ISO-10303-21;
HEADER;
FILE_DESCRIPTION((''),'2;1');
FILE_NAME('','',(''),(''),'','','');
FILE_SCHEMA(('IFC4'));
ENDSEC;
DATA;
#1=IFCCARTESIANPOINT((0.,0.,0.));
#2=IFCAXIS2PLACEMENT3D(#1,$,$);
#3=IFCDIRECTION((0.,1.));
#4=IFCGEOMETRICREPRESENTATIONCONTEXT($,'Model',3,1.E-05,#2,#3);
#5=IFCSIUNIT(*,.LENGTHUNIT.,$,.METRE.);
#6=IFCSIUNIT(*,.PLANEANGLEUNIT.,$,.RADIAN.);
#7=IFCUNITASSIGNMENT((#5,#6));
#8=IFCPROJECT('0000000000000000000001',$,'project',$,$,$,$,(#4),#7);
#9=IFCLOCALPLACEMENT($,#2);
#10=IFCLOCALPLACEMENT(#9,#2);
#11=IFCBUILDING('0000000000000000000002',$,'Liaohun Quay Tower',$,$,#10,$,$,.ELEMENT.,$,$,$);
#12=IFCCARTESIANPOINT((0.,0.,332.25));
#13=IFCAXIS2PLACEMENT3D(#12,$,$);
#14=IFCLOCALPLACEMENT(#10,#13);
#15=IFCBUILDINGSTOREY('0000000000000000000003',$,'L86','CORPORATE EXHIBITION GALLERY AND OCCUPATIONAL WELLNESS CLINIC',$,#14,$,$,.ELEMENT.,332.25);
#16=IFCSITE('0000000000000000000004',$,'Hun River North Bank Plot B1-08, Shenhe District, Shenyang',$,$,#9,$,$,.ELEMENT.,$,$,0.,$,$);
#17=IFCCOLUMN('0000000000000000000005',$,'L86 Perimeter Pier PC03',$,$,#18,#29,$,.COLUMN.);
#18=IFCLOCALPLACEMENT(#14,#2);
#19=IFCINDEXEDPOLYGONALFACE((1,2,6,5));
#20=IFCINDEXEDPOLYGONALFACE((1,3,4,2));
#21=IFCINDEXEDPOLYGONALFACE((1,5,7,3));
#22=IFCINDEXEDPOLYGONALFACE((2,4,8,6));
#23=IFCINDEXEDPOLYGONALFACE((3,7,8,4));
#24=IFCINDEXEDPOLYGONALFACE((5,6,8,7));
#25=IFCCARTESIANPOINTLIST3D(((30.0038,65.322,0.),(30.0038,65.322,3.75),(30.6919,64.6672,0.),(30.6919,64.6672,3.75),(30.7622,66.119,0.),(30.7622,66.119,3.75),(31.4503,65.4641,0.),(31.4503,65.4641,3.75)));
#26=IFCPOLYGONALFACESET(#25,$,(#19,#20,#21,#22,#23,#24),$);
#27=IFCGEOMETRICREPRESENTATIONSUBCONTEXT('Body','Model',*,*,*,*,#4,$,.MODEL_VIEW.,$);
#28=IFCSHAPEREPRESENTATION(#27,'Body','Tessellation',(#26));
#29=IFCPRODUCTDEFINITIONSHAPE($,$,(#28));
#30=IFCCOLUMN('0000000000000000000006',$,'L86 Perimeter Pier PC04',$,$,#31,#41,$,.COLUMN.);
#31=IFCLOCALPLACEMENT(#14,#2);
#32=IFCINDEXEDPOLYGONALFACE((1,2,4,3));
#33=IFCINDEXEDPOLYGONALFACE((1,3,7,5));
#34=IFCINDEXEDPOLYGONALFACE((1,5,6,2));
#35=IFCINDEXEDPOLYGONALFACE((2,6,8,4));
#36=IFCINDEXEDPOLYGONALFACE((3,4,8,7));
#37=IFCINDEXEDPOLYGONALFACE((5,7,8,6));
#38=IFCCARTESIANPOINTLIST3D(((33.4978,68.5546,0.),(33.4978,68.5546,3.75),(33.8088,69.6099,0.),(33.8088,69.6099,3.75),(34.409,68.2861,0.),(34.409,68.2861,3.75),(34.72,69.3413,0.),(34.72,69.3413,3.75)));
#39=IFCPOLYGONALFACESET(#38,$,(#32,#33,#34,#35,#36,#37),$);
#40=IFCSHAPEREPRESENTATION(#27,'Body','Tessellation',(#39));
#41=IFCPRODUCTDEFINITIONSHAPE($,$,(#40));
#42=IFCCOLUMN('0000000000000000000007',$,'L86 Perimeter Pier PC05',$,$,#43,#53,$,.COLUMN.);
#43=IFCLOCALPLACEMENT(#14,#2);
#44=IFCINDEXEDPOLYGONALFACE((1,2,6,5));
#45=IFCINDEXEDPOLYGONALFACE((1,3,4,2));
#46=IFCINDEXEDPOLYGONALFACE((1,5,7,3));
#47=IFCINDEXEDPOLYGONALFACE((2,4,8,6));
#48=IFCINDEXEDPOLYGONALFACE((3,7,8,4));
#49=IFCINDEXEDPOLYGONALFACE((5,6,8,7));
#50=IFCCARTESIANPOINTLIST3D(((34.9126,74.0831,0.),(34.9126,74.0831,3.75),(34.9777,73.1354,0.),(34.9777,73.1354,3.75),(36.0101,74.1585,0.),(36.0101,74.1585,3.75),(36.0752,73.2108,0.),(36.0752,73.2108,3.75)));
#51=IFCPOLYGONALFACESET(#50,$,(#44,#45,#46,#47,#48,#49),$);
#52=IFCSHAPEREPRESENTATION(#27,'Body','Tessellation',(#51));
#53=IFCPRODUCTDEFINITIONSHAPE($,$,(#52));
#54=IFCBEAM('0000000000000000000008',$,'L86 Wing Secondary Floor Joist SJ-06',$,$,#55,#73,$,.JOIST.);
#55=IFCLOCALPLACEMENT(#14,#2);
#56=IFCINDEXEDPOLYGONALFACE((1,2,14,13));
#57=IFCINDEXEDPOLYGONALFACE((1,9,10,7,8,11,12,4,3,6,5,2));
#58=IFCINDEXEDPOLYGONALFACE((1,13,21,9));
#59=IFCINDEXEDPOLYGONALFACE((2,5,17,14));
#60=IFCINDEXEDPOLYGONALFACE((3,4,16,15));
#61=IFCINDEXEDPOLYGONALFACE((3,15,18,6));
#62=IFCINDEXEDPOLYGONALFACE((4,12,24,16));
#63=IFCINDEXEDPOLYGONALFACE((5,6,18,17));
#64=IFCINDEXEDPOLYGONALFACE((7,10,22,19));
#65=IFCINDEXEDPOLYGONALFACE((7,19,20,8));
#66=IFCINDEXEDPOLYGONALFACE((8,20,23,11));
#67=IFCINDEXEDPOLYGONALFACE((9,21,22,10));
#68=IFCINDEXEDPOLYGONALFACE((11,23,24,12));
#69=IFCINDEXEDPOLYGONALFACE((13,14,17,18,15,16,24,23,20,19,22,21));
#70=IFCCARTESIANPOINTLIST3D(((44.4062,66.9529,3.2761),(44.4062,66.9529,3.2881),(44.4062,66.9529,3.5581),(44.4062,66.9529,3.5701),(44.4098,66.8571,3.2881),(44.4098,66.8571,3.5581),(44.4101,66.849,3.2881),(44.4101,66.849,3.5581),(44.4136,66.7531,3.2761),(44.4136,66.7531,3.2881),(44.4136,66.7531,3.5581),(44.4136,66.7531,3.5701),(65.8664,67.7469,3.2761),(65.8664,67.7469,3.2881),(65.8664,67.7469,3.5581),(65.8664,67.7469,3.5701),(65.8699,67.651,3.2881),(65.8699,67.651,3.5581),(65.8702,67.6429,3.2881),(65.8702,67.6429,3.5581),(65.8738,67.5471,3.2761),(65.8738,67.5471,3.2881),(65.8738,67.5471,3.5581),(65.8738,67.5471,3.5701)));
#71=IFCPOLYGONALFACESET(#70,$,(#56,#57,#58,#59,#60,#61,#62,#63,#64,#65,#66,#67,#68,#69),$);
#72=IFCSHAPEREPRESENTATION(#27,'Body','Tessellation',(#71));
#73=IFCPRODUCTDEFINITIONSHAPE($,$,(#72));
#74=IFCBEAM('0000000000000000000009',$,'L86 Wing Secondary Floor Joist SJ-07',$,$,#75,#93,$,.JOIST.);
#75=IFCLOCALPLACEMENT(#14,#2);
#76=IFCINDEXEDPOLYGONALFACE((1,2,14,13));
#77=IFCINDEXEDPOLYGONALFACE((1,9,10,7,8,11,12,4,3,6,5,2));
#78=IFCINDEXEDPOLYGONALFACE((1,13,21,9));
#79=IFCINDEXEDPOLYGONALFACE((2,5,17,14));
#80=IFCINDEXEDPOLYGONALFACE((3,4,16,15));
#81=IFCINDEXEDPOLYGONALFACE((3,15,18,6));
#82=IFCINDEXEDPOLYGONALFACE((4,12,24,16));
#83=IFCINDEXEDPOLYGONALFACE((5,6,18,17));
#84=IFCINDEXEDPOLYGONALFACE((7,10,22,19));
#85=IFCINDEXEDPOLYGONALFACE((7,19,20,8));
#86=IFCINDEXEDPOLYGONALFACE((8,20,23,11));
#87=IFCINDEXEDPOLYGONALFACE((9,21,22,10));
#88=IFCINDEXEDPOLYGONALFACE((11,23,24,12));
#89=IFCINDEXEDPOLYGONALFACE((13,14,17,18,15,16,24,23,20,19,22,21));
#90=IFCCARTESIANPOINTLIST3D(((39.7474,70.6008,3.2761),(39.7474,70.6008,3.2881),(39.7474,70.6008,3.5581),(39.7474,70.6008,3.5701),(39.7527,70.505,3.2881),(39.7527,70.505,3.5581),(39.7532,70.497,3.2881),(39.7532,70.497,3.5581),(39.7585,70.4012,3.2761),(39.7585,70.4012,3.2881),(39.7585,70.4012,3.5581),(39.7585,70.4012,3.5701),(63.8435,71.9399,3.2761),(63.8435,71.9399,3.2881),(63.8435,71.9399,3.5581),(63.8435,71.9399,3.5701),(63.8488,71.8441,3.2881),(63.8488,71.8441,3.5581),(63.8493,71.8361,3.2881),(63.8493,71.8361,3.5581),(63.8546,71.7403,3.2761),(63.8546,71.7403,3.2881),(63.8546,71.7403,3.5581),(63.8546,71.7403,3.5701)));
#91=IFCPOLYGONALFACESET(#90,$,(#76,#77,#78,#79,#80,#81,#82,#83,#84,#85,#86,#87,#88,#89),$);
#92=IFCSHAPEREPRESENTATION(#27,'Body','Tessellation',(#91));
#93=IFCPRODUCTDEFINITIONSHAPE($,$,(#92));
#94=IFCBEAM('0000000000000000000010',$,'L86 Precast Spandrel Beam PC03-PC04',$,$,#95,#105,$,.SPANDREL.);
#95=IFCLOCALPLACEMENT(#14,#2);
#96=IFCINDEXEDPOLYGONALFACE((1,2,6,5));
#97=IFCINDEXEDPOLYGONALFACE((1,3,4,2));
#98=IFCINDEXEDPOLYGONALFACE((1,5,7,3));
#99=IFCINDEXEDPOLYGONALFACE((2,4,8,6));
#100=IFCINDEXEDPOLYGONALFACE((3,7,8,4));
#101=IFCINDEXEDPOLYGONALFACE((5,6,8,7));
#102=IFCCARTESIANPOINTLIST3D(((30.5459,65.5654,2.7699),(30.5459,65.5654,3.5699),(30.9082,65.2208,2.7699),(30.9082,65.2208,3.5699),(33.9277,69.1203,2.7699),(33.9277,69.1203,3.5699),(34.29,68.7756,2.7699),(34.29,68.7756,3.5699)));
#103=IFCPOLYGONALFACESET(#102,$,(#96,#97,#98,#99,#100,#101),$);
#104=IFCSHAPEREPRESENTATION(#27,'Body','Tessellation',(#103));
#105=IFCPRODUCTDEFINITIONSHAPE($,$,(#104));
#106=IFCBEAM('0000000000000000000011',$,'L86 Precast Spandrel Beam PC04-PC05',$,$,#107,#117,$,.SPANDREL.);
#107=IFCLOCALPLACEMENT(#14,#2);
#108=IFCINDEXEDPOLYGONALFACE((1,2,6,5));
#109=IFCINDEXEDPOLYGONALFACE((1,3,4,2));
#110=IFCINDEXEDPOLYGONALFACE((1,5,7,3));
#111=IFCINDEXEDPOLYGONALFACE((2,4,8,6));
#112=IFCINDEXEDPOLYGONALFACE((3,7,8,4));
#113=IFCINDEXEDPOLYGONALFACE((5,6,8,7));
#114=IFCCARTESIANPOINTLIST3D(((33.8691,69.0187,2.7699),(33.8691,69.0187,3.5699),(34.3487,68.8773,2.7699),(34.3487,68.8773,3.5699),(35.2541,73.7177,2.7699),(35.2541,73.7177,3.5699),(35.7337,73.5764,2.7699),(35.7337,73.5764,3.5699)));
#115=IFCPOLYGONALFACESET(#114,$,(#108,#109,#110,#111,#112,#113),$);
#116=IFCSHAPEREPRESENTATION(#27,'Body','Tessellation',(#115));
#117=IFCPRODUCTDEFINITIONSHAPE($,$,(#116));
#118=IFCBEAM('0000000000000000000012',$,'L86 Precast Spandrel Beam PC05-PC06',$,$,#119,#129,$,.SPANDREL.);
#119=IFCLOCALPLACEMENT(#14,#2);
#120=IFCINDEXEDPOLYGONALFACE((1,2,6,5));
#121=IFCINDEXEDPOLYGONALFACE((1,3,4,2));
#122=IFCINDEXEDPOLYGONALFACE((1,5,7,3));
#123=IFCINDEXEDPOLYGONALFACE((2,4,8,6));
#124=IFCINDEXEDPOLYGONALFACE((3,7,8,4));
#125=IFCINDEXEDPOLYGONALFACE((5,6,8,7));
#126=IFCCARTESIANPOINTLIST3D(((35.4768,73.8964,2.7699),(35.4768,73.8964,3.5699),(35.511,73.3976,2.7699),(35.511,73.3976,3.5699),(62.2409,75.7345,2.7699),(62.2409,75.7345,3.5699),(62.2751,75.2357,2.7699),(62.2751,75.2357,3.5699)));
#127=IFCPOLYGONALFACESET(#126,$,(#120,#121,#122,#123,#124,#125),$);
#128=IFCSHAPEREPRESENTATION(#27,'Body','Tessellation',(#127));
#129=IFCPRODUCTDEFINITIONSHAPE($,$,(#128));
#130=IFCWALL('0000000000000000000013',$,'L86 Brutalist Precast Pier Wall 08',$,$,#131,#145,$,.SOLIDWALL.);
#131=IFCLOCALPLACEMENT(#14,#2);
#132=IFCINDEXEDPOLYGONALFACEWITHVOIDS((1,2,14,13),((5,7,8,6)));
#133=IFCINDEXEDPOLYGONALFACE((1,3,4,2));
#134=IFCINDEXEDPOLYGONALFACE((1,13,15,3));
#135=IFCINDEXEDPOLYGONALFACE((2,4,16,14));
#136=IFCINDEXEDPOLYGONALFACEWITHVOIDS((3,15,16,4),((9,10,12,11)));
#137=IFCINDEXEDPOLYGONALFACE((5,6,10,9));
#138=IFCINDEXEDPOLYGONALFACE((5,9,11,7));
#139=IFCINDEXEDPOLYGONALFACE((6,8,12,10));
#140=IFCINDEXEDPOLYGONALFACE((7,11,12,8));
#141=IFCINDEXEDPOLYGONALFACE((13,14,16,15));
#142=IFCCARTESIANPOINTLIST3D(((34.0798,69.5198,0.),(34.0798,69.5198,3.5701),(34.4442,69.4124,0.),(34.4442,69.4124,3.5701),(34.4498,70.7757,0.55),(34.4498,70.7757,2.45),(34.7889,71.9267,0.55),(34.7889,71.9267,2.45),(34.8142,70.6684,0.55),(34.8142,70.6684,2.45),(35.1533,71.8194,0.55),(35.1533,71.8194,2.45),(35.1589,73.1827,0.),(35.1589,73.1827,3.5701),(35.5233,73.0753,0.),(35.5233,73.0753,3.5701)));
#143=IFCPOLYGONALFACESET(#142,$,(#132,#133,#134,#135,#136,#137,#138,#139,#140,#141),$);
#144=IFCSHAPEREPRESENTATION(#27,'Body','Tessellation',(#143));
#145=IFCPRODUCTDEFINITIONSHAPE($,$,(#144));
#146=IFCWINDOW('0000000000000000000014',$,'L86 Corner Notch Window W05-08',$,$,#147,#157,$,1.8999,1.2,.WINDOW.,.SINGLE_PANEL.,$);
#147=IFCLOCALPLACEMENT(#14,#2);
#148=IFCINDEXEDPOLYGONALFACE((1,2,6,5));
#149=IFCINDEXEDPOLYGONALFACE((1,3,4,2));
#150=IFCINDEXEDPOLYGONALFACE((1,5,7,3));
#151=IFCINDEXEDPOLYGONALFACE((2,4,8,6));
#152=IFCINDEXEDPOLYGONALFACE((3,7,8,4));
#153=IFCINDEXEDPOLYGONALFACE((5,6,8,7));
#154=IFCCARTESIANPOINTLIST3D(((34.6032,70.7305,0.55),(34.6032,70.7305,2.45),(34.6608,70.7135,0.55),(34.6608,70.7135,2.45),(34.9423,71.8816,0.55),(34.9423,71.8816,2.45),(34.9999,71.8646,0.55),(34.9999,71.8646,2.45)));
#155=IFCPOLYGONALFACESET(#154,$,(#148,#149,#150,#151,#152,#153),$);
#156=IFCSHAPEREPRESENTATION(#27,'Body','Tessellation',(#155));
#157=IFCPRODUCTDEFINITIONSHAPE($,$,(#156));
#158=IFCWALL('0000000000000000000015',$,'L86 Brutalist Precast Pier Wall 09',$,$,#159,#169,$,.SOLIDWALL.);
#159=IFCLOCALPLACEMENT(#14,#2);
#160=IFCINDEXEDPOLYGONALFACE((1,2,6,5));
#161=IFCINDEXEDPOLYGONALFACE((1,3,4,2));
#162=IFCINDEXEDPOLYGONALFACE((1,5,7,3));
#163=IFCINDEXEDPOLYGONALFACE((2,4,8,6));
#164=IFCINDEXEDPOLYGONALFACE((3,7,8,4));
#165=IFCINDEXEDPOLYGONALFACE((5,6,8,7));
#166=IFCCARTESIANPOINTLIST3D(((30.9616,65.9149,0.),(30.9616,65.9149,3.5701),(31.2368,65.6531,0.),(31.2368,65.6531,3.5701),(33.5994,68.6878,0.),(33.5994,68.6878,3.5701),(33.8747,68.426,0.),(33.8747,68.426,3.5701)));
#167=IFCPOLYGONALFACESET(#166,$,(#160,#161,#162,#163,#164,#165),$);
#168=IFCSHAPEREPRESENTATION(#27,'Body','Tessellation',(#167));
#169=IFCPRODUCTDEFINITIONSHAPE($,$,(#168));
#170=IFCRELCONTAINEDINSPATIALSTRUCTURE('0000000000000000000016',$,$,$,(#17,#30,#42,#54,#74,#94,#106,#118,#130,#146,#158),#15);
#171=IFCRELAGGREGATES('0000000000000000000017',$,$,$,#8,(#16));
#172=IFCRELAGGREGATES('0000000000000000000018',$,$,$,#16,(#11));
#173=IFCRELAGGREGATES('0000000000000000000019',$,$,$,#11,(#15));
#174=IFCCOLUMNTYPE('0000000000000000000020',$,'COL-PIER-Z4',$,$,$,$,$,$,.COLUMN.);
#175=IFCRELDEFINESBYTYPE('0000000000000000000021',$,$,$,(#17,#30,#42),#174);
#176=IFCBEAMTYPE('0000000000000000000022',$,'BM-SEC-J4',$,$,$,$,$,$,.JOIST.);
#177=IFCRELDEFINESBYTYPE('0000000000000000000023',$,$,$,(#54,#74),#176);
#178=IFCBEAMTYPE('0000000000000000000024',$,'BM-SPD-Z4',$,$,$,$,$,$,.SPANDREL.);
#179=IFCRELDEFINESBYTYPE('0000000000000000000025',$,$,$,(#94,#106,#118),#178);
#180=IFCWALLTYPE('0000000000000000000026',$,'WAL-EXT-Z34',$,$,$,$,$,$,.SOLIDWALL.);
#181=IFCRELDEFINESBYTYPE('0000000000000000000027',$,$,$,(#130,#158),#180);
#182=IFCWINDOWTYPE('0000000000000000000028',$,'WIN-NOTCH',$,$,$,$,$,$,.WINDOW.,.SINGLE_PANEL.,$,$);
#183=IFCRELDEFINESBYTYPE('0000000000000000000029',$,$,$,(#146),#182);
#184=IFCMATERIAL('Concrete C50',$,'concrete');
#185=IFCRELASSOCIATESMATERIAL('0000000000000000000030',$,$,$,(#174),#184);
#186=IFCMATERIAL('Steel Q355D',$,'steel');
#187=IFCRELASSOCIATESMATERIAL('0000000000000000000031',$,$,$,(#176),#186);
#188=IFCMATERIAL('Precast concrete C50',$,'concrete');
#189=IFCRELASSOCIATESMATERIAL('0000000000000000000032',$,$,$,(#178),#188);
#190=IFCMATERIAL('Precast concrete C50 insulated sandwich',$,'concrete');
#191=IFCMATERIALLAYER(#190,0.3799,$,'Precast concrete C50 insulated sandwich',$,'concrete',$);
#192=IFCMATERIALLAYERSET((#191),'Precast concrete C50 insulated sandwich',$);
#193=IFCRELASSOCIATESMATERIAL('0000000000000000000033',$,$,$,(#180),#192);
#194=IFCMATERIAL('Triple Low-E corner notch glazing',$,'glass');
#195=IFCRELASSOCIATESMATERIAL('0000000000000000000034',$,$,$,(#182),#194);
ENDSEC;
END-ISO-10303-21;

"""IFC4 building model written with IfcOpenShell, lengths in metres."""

from ifc_helpers import new_model, si_unit, direction, frame, frame_2d, origin, origin_2d, place, context, subcontext, project, spatial, rectangle, i_section, extrude, source, transform, mapped, material, layer, layer_set, material_profile, profile_set, type_object, element, fill, save


model = new_model("IFC4")

# Units and contexts
model_context = context("Model", 3, precision=1e-05, world=origin(), true_north=direction((0.0, 1.0)))
body_context = subcontext(model_context, "Body", "Model", "MODEL_VIEW")
ifc_project = project(units=[si_unit("LENGTHUNIT", "METRE"), si_unit("PLANEANGLEUNIT", "RADIAN")], contexts=[model_context])

# Site, building, storey
site_placement = place(None, origin())
site = spatial("IfcSite", under=ifc_project, at=site_placement, Name="Hun River North Bank Plot B1-08, Shenhe District, Shenyang", CompositionType="ELEMENT", RefElevation=0.0)
building_placement = place(site_placement, origin())
building = spatial("IfcBuilding", under=site, at=building_placement, Name="Liaohun Quay Tower", CompositionType="ELEMENT")
storey_placement = place(building_placement, frame((0.0, 0.0, 332.25)))
storey = spatial("IfcBuildingStorey", under=building, at=storey_placement, Name="L86", Description="CORPORATE EXHIBITION GALLERY AND OCCUPATIONAL WELLNESS CLINIC", CompositionType="ELEMENT", Elevation=332.25)

# Columns
ifc_material_1 = material(Name="Concrete C50", Category="concrete")
ifc_material_profile_1 = material_profile(ifc_material_1, rectangle(XDim=1.1001, YDim=0.95, at=origin_2d()), Name="RC1100x950")
ifc_profile_set_1 = profile_set([ifc_material_profile_1], Name="Concrete C50")
column_type = type_object("IfcColumnType", Name="COL-PIER-Z4", PredefinedType="COLUMN", material=ifc_profile_set_1)
shared_shape_1 = source(origin(), body_context, "Body", "SweptSolid", [
    extrude(rectangle(XDim=1.1001, YDim=0.95, at=origin_2d()), origin(), (0.0, 0.0, 1.0), 3.75),
])
for number, where, z_axis, x_axis, name in (
    (1, (30.7271, 65.3931, 0.0), (0.0, 0.0, 1.0), (0.689367, 0.724413, 0.0), "L86 Perimeter Pier PC03"),
    (2, (34.1089, 68.948, 0.0), (0.0, 0.0, 1.0), (0.282676, 0.959215, 0.0), "L86 Perimeter Pier PC04"),
    (3, (35.4939, 73.647, 0.0), (0.0, 0.0, 1.0), (0.997649, 0.068538, 0.0), "L86 Perimeter Pier PC05"),
):
    element("IfcColumn", number, at=place(storey_placement, frame(where, z_axis=z_axis, x_axis=x_axis)), inside=storey, type_object=column_type, Name=name, PredefinedType="COLUMN", context=body_context, shape_type="MappedRepresentation", body=[
        mapped(shared_shape_1, transform((0.0, 0.0, 0.0), x_axis=(1.0, 0.0, 0.0), y_axis=(0.0, 1.0, 0.0), z_axis=(0.0, 0.0, 1.0), scale=1.0)),
    ])

# Beams
ifc_material_2 = material(Name="Steel Q355D", Category="steel")
ifc_material_profile_2 = material_profile(ifc_material_2, i_section(OverallWidth=0.2, OverallDepth=0.2939, WebThickness=0.0081, FlangeThickness=0.012, at=origin_2d()), Name="HM294x200x8x12")
ifc_profile_set_2 = profile_set([ifc_material_profile_2], Name="Steel Q355D")
beam_type_1 = type_object("IfcBeamType", Name="BM-SEC-J4", PredefinedType="JOIST", material=ifc_profile_set_2)
shared_shape_2 = source(origin(), body_context, "Body", "SweptSolid", [
    extrude(i_section(OverallWidth=0.2, OverallDepth=0.2939, WebThickness=0.0081, FlangeThickness=0.012, at=origin_2d()), origin(), (0.0, 0.0, 1.0), 21.4749),
])
beam_1_placement = place(storey_placement, frame((44.4099, 66.853, 3.4231), z_axis=(0.999316, 0.036971, 0.0), x_axis=(-0.036971, 0.999316, 0.0)))
element("IfcBeam", 4, at=beam_1_placement, inside=storey, type_object=beam_type_1, Name="L86 Wing Secondary Floor Joist SJ-06", PredefinedType="JOIST", context=body_context, shape_type="MappedRepresentation", body=[
    mapped(shared_shape_2, transform((0.0, 0.0, 0.0), x_axis=(1.0, 0.0, 0.0), y_axis=(0.0, 1.0, 0.0), z_axis=(0.0, 0.0, 1.0), scale=1.0)),
])
shared_shape_3 = source(origin(), body_context, "Body", "SweptSolid", [
    extrude(i_section(OverallWidth=0.2, OverallDepth=0.2939, WebThickness=0.0081, FlangeThickness=0.012, at=origin_2d()), origin(), (0.0, 0.0, 1.0), 24.1333),
])
beam_2_placement = place(storey_placement, frame((39.7529, 70.501, 3.4231), z_axis=(0.998459, 0.055488, 0.0), x_axis=(-0.055488, 0.998459, 0.0)))
element("IfcBeam", 5, at=beam_2_placement, inside=storey, type_object=beam_type_1, Name="L86 Wing Secondary Floor Joist SJ-07", PredefinedType="JOIST", context=body_context, shape_type="MappedRepresentation", body=[
    mapped(shared_shape_3, transform((0.0, 0.0, 0.0), x_axis=(1.0, 0.0, 0.0), y_axis=(0.0, 1.0, 0.0), z_axis=(0.0, 0.0, 1.0), scale=1.0)),
])
ifc_material_3 = material(Name="Precast concrete C50", Category="concrete")
ifc_material_profile_3 = material_profile(ifc_material_3, rectangle(XDim=0.5, YDim=0.8, at=origin_2d()), Name="RC500x800")
ifc_profile_set_3 = profile_set([ifc_material_profile_3], Name="Precast concrete C50")
beam_type_2 = type_object("IfcBeamType", Name="BM-SPD-Z4", PredefinedType="SPANDREL", material=ifc_profile_set_3)
shared_shape_4 = source(origin(), body_context, "Body", "SweptSolid", [
    extrude(rectangle(XDim=0.5, YDim=0.8, at=origin_2d()), origin(), (0.0, 0.0, 1.0), 4.9065),
])
beam_3_placement = place(storey_placement, frame((30.7271, 65.3931, 3.1699), z_axis=(0.689248, 0.724526, 0.0), x_axis=(-0.724526, 0.689248, 0.0)))
element("IfcBeam", 6, at=beam_3_placement, inside=storey, type_object=beam_type_2, Name="L86 Precast Spandrel Beam PC03-PC04", PredefinedType="SPANDREL", context=body_context, shape_type="MappedRepresentation", body=[
    mapped(shared_shape_4, transform((0.0, 0.0, 0.0), x_axis=(1.0, 0.0, 0.0), y_axis=(0.0, 1.0, 0.0), z_axis=(0.0, 0.0, 1.0), scale=1.0)),
])
shared_shape_5 = source(origin(), body_context, "Body", "SweptSolid", [
    extrude(rectangle(XDim=0.5, YDim=0.8, at=origin_2d()), origin(), (0.0, 0.0, 1.0), 4.8989),
])
beam_4_placement = place(storey_placement, frame((34.1089, 68.948, 3.1699), z_axis=(0.282722, 0.959202, 0.0), x_axis=(-0.959202, 0.282722, 0.0)))
element("IfcBeam", 7, at=beam_4_placement, inside=storey, type_object=beam_type_2, Name="L86 Precast Spandrel Beam PC04-PC05", PredefinedType="SPANDREL", context=body_context, shape_type="MappedRepresentation", body=[
    mapped(shared_shape_5, transform((0.0, 0.0, 0.0), x_axis=(1.0, 0.0, 0.0), y_axis=(0.0, 1.0, 0.0), z_axis=(0.0, 0.0, 1.0), scale=1.0)),
])
shared_shape_6 = source(origin(), body_context, "Body", "SweptSolid", [
    extrude(rectangle(XDim=0.5, YDim=0.8, at=origin_2d()), origin(), (0.0, 0.0, 1.0), 26.8271),
])
beam_5_placement = place(storey_placement, frame((35.4939, 73.647, 3.1699), z_axis=(0.99765, 0.068518, 0.0), x_axis=(-0.068518, 0.99765, 0.0)))
element("IfcBeam", 8, at=beam_5_placement, inside=storey, type_object=beam_type_2, Name="L86 Precast Spandrel Beam PC05-PC06", PredefinedType="SPANDREL", context=body_context, shape_type="MappedRepresentation", body=[
    mapped(shared_shape_6, transform((0.0, 0.0, 0.0), x_axis=(1.0, 0.0, 0.0), y_axis=(0.0, 1.0, 0.0), z_axis=(0.0, 0.0, 1.0), scale=1.0)),
])

# Wall, opening, window
ifc_material_4 = material(Name="Precast concrete C50 insulated sandwich", Category="concrete")
ifc_layer_1 = layer(ifc_material_4, 0.3799, Name="Precast concrete C50 insulated sandwich", Category="concrete")
ifc_layer_set_1 = layer_set([ifc_layer_1], Name="Precast concrete C50 insulated sandwich")
wall_type_1 = type_object("IfcWallType", Name="WAL-EXT-Z34", PredefinedType="SOLIDWALL", material=ifc_layer_set_1)
wall_1_placement = place(storey_placement, frame((35.3411, 73.1289, 0.0), z_axis=(0.0, 0.0, 1.0), x_axis=(-0.282599, -0.959238, 0.0)))
wall_1 = element("IfcWall", 9, at=wall_1_placement, inside=storey, type_object=wall_type_1, Name="L86 Brutalist Precast Pier Wall 08", PredefinedType="SOLIDWALL", context=body_context, shape_type="SweptSolid", body=[
    extrude(rectangle(XDim=3.8186, YDim=0.3799, at=frame_2d((1.9092, 0.0))), origin(), (0.0, 0.0, 1.0), 3.5701),
])
shared_shape_7 = source(origin(), body_context, "Body", "SweptSolid", [
    extrude(rectangle(XDim=1.2, YDim=1.8999, at=frame_2d((0.6001, 0.95))), frame((0.0, 0.2, 0.0), z_axis=(0.0, -1.0, 0.0), x_axis=(1.0, 0.0, 0.0)), (0.0, 0.0, 1.0), 0.3999),
])
opening_1_placement = place(wall_1_placement, frame((1.3091, 0.0, 0.55)))
opening_1 = element("IfcOpeningElement", 10, at=opening_1_placement, cuts=wall_1, PredefinedType="OPENING", context=body_context, shape_type="MappedRepresentation", body=[
    mapped(shared_shape_7, transform((0.0, 0.0, 0.0), x_axis=(1.0, 0.0, 0.0), y_axis=(0.0, 1.0, 0.0), z_axis=(0.0, 0.0, 1.0), scale=1.0)),
])
ifc_material_5 = material(Name="Triple Low-E corner notch glazing", Category="glass")
window_type_1 = type_object("IfcWindowType", Name="WIN-NOTCH", PartitioningType="SINGLE_PANEL", PredefinedType="WINDOW", material=ifc_material_5)
shared_shape_8 = source(origin(), body_context, "Body", "SweptSolid", [
    extrude(rectangle(XDim=1.2, YDim=1.8999, at=frame_2d((0.6001, 0.95))), frame((0.0, 0.03, 0.0), z_axis=(0.0, -1.0, 0.0), x_axis=(1.0, 0.0, 0.0)), (0.0, 0.0, 1.0), 0.0601),
])
window_1_placement = place(opening_1_placement, origin())
window_1 = element("IfcWindow", 11, at=window_1_placement, inside=storey, type_object=window_type_1, Name="L86 Corner Notch Window W05-08", OverallHeight=1.8999, OverallWidth=1.2, PartitioningType="SINGLE_PANEL", PredefinedType="WINDOW", context=body_context, shape_type="MappedRepresentation", body=[
    mapped(shared_shape_8, transform((0.0, 0.0, 0.0), x_axis=(1.0, 0.0, 0.0), y_axis=(0.0, 1.0, 0.0), z_axis=(0.0, 0.0, 1.0), scale=1.0)),
])
fill(opening_1, window_1)

# Wall
wall_2_placement = place(storey_placement, frame((33.7371, 68.5569, 0.0), z_axis=(0.0, 0.0, 1.0), x_axis=(-0.689249, -0.724525, 0.0)))
element("IfcWall", 12, at=wall_2_placement, inside=storey, type_object=wall_type_1, Name="L86 Brutalist Precast Pier Wall 09", PredefinedType="SOLIDWALL", context=body_context, shape_type="SweptSolid", body=[
    extrude(rectangle(XDim=3.8271, YDim=0.3799, at=frame_2d((1.9136, 0.0))), origin(), (0.0, 0.0, 1.0), 3.5701),
])

save(model, "model.ifc")
